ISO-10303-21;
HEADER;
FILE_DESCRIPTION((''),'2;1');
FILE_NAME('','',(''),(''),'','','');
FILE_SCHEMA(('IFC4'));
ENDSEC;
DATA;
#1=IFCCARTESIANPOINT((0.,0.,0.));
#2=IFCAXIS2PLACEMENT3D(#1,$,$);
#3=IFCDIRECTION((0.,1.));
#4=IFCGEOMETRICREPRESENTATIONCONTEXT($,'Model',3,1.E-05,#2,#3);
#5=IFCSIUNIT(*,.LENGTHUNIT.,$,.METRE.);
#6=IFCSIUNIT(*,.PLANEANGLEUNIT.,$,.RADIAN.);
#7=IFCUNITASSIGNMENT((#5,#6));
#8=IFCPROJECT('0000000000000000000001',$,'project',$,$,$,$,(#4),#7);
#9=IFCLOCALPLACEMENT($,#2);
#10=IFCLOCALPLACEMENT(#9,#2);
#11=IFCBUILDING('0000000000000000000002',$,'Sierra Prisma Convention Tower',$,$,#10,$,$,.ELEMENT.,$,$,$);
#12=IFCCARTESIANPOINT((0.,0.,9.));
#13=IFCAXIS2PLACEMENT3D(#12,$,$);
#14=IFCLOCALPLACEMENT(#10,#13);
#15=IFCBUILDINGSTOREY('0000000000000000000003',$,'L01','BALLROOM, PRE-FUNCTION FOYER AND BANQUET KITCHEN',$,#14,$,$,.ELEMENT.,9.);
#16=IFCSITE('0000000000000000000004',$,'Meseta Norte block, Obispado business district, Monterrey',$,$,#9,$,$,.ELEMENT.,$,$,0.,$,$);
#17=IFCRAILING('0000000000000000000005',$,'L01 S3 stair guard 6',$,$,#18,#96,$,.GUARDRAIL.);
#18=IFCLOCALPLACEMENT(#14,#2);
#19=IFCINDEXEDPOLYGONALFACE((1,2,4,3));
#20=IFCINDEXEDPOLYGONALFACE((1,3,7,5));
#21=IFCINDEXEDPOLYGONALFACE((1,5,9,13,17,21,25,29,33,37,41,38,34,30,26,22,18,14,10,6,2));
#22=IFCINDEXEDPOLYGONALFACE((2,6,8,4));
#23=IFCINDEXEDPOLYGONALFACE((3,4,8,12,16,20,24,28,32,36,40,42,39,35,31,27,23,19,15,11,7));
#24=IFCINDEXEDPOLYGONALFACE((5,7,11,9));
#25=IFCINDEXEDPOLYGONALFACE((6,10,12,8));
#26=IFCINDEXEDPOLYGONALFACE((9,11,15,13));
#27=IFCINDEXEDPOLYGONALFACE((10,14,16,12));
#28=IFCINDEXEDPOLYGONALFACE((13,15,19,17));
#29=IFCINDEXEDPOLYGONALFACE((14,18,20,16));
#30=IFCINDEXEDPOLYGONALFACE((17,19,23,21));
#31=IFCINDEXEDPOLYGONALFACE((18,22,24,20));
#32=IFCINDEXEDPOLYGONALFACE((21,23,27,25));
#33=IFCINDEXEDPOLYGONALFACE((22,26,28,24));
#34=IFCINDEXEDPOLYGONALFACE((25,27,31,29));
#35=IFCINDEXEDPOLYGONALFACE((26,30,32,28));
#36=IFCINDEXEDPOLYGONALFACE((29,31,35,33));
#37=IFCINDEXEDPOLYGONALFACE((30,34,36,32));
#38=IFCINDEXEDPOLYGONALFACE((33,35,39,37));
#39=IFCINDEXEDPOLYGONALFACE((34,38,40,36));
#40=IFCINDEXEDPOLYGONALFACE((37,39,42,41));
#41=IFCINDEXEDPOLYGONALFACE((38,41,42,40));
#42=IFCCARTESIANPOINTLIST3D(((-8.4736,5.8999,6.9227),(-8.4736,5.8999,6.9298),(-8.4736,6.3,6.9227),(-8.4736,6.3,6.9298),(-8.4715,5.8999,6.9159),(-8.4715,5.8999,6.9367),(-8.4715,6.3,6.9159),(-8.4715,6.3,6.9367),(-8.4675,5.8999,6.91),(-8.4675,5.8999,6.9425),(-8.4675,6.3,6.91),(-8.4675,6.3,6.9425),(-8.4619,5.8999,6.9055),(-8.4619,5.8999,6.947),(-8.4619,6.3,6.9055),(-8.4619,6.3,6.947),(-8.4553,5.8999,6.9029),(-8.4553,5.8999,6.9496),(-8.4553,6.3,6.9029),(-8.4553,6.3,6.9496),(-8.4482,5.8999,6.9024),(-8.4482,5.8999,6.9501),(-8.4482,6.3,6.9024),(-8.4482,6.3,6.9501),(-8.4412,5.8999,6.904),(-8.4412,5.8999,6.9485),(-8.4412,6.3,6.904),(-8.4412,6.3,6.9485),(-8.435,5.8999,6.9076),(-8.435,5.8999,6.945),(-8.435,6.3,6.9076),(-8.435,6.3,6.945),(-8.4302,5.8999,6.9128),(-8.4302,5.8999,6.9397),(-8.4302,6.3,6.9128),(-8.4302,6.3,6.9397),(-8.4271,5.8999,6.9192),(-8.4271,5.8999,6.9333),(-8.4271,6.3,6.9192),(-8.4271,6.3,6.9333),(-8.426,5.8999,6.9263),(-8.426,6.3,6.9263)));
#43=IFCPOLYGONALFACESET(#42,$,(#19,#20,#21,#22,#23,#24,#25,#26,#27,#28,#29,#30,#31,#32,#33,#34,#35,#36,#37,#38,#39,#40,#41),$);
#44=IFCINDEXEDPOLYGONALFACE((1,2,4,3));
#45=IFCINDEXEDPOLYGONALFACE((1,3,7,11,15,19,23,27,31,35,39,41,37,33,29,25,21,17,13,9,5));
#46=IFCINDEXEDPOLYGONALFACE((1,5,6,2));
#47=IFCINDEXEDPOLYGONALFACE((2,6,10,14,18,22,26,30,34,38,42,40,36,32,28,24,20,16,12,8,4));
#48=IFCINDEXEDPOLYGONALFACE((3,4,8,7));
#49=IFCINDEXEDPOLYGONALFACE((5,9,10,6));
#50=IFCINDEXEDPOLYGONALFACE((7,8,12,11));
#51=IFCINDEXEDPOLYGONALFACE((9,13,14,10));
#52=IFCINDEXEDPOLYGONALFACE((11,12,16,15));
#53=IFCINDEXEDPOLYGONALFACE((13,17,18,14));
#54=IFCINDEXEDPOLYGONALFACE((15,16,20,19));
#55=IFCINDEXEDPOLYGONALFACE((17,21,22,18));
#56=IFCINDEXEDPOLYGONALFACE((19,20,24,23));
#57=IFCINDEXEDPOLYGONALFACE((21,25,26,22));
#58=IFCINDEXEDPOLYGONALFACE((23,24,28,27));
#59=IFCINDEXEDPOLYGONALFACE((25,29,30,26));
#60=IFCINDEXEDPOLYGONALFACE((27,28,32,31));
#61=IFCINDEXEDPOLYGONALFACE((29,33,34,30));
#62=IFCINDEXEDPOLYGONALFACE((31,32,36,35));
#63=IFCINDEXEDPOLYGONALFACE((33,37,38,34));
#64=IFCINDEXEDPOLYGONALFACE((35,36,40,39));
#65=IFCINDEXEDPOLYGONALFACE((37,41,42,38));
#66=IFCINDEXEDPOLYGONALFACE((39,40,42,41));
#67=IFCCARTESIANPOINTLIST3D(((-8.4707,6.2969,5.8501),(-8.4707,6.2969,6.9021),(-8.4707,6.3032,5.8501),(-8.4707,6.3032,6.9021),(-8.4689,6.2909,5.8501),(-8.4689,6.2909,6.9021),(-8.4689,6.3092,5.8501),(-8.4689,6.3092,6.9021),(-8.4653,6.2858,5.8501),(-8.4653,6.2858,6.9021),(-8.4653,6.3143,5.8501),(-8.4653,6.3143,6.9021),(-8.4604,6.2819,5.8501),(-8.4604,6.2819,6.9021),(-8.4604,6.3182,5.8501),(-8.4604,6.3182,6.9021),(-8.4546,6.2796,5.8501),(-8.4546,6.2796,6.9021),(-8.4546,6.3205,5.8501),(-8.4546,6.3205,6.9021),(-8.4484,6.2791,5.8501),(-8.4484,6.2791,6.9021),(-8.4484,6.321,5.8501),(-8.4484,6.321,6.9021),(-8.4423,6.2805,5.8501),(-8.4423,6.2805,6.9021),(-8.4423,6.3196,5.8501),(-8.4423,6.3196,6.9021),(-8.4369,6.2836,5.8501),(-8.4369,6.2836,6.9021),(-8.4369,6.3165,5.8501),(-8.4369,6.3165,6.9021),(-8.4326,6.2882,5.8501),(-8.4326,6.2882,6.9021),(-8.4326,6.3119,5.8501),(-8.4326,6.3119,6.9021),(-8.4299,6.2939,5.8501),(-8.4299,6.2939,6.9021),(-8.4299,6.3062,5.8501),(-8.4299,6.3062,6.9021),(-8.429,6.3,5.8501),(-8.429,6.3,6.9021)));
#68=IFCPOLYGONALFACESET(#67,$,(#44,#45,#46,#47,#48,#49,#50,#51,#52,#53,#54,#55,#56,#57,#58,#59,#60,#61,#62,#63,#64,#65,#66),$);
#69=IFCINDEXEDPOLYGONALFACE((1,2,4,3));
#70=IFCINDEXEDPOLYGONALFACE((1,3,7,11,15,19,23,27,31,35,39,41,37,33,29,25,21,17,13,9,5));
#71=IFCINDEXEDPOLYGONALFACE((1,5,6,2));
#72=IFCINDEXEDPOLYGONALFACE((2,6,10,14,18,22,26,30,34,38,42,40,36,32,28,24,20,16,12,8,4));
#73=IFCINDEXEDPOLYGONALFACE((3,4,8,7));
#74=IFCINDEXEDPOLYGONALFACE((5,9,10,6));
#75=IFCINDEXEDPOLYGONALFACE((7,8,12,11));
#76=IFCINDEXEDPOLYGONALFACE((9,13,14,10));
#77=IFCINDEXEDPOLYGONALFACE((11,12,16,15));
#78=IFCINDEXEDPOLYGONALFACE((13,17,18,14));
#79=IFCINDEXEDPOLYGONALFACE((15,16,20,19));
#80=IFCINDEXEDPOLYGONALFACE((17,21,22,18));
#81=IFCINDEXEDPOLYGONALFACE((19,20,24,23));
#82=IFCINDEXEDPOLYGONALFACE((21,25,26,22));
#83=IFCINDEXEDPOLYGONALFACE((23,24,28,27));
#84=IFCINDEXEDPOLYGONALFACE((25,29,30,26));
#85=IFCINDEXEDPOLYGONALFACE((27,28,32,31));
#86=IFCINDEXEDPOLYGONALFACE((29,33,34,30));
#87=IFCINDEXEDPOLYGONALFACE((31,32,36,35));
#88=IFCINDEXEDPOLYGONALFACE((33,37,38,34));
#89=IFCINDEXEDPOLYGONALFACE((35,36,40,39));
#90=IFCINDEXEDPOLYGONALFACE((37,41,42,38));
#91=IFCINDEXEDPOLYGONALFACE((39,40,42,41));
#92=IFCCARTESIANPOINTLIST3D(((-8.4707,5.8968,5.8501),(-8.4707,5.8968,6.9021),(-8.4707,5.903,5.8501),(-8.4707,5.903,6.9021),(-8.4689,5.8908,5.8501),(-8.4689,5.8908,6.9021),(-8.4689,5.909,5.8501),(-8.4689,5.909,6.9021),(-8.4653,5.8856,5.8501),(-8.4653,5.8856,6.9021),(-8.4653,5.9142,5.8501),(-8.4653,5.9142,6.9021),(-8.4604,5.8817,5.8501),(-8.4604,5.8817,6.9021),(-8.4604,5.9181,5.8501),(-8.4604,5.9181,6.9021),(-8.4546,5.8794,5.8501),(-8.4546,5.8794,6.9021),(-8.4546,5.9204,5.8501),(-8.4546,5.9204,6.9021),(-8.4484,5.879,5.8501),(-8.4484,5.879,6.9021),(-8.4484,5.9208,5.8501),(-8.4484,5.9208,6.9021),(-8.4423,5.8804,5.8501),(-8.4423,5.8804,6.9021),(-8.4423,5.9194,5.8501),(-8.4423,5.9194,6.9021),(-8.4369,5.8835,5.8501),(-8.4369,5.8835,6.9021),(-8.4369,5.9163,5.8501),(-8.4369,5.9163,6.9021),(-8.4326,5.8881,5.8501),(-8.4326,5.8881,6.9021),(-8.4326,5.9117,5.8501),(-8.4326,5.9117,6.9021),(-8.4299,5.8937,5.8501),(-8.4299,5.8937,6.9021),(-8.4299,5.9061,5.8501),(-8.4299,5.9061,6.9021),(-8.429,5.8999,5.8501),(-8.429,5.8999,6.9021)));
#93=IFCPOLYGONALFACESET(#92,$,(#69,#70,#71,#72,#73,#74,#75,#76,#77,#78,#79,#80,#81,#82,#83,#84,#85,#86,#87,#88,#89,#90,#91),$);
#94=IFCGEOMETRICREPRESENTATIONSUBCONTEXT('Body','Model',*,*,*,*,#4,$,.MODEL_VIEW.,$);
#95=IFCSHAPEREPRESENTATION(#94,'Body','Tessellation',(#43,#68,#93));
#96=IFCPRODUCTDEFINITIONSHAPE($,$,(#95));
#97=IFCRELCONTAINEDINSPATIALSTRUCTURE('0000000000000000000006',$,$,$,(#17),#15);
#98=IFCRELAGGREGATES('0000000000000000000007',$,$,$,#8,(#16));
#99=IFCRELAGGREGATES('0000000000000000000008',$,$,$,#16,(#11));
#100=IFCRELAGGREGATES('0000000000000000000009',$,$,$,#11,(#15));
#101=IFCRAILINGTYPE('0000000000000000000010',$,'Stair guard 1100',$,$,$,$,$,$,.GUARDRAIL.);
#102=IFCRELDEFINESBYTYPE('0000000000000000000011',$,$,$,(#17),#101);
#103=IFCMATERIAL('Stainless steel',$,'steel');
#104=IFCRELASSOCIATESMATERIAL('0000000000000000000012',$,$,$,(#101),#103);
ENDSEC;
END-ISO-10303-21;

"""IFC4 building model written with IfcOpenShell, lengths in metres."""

from ifc_helpers import new_model, si_unit, direction, frame, origin, origin_2d, place, context, subcontext, project, spatial, circle, extrude, material, type_object, element, save


model = new_model("IFC4")

# Units and contexts
model_context = context("Model", 3, precision=1e-05, world=origin(), true_north=direction((0.0, 1.0)))
body_context = subcontext(model_context, "Body", "Model", "MODEL_VIEW")
ifc_project = project(units=[si_unit("LENGTHUNIT", "METRE"), si_unit("PLANEANGLEUNIT", "RADIAN")], contexts=[model_context])

# Site, building, storey
site_placement = place(None, origin())
site = spatial("IfcSite", under=ifc_project, at=site_placement, Name="Meseta Norte block, Obispado business district, Monterrey", CompositionType="ELEMENT", RefElevation=0.0)
building_placement = place(site_placement, origin())
building = spatial("IfcBuilding", under=site, at=building_placement, Name="Sierra Prisma Convention Tower", CompositionType="ELEMENT")
storey_placement = place(building_placement, frame((0.0, 0.0, 9.0)))
storey = spatial("IfcBuildingStorey", under=building, at=storey_placement, Name="L01", Description="BALLROOM, PRE-FUNCTION FOYER AND BANQUET KITCHEN", CompositionType="ELEMENT", Elevation=9.0)

# Railing
ifc_material_1 = material(Name="Stainless steel", Category="steel")
railing_type_1 = type_object("IfcRailingType", Name="Stair guard 1100", PredefinedType="GUARDRAIL", material=ifc_material_1)
railing_1_placement = place(storey_placement, frame((-8.45, 6.3, 5.8501)))
element("IfcRailing", 1, at=railing_1_placement, inside=storey, type_object=railing_type_1, Name="L01 S3 stair guard 6", PredefinedType="GUARDRAIL", context=body_context, shape_type="SweptSolid", body=[
    extrude(circle(Radius=0.0239, at=origin_2d()), frame((0.0, 0.0, 1.0762), z_axis=(0.0, -1.0, 0.0), x_axis=(1.0, 0.0, 0.0)), (0.0, 0.0, 1.0), 0.4001),
    extrude(circle(Radius=0.021, at=origin_2d()), origin(), (0.0, 0.0, 1.0), 1.052),
    extrude(circle(Radius=0.021, at=origin_2d()), frame((0.0, -0.4001, 0.0)), (0.0, 0.0, 1.0), 1.052),
])

save(model, "model.ifc")
